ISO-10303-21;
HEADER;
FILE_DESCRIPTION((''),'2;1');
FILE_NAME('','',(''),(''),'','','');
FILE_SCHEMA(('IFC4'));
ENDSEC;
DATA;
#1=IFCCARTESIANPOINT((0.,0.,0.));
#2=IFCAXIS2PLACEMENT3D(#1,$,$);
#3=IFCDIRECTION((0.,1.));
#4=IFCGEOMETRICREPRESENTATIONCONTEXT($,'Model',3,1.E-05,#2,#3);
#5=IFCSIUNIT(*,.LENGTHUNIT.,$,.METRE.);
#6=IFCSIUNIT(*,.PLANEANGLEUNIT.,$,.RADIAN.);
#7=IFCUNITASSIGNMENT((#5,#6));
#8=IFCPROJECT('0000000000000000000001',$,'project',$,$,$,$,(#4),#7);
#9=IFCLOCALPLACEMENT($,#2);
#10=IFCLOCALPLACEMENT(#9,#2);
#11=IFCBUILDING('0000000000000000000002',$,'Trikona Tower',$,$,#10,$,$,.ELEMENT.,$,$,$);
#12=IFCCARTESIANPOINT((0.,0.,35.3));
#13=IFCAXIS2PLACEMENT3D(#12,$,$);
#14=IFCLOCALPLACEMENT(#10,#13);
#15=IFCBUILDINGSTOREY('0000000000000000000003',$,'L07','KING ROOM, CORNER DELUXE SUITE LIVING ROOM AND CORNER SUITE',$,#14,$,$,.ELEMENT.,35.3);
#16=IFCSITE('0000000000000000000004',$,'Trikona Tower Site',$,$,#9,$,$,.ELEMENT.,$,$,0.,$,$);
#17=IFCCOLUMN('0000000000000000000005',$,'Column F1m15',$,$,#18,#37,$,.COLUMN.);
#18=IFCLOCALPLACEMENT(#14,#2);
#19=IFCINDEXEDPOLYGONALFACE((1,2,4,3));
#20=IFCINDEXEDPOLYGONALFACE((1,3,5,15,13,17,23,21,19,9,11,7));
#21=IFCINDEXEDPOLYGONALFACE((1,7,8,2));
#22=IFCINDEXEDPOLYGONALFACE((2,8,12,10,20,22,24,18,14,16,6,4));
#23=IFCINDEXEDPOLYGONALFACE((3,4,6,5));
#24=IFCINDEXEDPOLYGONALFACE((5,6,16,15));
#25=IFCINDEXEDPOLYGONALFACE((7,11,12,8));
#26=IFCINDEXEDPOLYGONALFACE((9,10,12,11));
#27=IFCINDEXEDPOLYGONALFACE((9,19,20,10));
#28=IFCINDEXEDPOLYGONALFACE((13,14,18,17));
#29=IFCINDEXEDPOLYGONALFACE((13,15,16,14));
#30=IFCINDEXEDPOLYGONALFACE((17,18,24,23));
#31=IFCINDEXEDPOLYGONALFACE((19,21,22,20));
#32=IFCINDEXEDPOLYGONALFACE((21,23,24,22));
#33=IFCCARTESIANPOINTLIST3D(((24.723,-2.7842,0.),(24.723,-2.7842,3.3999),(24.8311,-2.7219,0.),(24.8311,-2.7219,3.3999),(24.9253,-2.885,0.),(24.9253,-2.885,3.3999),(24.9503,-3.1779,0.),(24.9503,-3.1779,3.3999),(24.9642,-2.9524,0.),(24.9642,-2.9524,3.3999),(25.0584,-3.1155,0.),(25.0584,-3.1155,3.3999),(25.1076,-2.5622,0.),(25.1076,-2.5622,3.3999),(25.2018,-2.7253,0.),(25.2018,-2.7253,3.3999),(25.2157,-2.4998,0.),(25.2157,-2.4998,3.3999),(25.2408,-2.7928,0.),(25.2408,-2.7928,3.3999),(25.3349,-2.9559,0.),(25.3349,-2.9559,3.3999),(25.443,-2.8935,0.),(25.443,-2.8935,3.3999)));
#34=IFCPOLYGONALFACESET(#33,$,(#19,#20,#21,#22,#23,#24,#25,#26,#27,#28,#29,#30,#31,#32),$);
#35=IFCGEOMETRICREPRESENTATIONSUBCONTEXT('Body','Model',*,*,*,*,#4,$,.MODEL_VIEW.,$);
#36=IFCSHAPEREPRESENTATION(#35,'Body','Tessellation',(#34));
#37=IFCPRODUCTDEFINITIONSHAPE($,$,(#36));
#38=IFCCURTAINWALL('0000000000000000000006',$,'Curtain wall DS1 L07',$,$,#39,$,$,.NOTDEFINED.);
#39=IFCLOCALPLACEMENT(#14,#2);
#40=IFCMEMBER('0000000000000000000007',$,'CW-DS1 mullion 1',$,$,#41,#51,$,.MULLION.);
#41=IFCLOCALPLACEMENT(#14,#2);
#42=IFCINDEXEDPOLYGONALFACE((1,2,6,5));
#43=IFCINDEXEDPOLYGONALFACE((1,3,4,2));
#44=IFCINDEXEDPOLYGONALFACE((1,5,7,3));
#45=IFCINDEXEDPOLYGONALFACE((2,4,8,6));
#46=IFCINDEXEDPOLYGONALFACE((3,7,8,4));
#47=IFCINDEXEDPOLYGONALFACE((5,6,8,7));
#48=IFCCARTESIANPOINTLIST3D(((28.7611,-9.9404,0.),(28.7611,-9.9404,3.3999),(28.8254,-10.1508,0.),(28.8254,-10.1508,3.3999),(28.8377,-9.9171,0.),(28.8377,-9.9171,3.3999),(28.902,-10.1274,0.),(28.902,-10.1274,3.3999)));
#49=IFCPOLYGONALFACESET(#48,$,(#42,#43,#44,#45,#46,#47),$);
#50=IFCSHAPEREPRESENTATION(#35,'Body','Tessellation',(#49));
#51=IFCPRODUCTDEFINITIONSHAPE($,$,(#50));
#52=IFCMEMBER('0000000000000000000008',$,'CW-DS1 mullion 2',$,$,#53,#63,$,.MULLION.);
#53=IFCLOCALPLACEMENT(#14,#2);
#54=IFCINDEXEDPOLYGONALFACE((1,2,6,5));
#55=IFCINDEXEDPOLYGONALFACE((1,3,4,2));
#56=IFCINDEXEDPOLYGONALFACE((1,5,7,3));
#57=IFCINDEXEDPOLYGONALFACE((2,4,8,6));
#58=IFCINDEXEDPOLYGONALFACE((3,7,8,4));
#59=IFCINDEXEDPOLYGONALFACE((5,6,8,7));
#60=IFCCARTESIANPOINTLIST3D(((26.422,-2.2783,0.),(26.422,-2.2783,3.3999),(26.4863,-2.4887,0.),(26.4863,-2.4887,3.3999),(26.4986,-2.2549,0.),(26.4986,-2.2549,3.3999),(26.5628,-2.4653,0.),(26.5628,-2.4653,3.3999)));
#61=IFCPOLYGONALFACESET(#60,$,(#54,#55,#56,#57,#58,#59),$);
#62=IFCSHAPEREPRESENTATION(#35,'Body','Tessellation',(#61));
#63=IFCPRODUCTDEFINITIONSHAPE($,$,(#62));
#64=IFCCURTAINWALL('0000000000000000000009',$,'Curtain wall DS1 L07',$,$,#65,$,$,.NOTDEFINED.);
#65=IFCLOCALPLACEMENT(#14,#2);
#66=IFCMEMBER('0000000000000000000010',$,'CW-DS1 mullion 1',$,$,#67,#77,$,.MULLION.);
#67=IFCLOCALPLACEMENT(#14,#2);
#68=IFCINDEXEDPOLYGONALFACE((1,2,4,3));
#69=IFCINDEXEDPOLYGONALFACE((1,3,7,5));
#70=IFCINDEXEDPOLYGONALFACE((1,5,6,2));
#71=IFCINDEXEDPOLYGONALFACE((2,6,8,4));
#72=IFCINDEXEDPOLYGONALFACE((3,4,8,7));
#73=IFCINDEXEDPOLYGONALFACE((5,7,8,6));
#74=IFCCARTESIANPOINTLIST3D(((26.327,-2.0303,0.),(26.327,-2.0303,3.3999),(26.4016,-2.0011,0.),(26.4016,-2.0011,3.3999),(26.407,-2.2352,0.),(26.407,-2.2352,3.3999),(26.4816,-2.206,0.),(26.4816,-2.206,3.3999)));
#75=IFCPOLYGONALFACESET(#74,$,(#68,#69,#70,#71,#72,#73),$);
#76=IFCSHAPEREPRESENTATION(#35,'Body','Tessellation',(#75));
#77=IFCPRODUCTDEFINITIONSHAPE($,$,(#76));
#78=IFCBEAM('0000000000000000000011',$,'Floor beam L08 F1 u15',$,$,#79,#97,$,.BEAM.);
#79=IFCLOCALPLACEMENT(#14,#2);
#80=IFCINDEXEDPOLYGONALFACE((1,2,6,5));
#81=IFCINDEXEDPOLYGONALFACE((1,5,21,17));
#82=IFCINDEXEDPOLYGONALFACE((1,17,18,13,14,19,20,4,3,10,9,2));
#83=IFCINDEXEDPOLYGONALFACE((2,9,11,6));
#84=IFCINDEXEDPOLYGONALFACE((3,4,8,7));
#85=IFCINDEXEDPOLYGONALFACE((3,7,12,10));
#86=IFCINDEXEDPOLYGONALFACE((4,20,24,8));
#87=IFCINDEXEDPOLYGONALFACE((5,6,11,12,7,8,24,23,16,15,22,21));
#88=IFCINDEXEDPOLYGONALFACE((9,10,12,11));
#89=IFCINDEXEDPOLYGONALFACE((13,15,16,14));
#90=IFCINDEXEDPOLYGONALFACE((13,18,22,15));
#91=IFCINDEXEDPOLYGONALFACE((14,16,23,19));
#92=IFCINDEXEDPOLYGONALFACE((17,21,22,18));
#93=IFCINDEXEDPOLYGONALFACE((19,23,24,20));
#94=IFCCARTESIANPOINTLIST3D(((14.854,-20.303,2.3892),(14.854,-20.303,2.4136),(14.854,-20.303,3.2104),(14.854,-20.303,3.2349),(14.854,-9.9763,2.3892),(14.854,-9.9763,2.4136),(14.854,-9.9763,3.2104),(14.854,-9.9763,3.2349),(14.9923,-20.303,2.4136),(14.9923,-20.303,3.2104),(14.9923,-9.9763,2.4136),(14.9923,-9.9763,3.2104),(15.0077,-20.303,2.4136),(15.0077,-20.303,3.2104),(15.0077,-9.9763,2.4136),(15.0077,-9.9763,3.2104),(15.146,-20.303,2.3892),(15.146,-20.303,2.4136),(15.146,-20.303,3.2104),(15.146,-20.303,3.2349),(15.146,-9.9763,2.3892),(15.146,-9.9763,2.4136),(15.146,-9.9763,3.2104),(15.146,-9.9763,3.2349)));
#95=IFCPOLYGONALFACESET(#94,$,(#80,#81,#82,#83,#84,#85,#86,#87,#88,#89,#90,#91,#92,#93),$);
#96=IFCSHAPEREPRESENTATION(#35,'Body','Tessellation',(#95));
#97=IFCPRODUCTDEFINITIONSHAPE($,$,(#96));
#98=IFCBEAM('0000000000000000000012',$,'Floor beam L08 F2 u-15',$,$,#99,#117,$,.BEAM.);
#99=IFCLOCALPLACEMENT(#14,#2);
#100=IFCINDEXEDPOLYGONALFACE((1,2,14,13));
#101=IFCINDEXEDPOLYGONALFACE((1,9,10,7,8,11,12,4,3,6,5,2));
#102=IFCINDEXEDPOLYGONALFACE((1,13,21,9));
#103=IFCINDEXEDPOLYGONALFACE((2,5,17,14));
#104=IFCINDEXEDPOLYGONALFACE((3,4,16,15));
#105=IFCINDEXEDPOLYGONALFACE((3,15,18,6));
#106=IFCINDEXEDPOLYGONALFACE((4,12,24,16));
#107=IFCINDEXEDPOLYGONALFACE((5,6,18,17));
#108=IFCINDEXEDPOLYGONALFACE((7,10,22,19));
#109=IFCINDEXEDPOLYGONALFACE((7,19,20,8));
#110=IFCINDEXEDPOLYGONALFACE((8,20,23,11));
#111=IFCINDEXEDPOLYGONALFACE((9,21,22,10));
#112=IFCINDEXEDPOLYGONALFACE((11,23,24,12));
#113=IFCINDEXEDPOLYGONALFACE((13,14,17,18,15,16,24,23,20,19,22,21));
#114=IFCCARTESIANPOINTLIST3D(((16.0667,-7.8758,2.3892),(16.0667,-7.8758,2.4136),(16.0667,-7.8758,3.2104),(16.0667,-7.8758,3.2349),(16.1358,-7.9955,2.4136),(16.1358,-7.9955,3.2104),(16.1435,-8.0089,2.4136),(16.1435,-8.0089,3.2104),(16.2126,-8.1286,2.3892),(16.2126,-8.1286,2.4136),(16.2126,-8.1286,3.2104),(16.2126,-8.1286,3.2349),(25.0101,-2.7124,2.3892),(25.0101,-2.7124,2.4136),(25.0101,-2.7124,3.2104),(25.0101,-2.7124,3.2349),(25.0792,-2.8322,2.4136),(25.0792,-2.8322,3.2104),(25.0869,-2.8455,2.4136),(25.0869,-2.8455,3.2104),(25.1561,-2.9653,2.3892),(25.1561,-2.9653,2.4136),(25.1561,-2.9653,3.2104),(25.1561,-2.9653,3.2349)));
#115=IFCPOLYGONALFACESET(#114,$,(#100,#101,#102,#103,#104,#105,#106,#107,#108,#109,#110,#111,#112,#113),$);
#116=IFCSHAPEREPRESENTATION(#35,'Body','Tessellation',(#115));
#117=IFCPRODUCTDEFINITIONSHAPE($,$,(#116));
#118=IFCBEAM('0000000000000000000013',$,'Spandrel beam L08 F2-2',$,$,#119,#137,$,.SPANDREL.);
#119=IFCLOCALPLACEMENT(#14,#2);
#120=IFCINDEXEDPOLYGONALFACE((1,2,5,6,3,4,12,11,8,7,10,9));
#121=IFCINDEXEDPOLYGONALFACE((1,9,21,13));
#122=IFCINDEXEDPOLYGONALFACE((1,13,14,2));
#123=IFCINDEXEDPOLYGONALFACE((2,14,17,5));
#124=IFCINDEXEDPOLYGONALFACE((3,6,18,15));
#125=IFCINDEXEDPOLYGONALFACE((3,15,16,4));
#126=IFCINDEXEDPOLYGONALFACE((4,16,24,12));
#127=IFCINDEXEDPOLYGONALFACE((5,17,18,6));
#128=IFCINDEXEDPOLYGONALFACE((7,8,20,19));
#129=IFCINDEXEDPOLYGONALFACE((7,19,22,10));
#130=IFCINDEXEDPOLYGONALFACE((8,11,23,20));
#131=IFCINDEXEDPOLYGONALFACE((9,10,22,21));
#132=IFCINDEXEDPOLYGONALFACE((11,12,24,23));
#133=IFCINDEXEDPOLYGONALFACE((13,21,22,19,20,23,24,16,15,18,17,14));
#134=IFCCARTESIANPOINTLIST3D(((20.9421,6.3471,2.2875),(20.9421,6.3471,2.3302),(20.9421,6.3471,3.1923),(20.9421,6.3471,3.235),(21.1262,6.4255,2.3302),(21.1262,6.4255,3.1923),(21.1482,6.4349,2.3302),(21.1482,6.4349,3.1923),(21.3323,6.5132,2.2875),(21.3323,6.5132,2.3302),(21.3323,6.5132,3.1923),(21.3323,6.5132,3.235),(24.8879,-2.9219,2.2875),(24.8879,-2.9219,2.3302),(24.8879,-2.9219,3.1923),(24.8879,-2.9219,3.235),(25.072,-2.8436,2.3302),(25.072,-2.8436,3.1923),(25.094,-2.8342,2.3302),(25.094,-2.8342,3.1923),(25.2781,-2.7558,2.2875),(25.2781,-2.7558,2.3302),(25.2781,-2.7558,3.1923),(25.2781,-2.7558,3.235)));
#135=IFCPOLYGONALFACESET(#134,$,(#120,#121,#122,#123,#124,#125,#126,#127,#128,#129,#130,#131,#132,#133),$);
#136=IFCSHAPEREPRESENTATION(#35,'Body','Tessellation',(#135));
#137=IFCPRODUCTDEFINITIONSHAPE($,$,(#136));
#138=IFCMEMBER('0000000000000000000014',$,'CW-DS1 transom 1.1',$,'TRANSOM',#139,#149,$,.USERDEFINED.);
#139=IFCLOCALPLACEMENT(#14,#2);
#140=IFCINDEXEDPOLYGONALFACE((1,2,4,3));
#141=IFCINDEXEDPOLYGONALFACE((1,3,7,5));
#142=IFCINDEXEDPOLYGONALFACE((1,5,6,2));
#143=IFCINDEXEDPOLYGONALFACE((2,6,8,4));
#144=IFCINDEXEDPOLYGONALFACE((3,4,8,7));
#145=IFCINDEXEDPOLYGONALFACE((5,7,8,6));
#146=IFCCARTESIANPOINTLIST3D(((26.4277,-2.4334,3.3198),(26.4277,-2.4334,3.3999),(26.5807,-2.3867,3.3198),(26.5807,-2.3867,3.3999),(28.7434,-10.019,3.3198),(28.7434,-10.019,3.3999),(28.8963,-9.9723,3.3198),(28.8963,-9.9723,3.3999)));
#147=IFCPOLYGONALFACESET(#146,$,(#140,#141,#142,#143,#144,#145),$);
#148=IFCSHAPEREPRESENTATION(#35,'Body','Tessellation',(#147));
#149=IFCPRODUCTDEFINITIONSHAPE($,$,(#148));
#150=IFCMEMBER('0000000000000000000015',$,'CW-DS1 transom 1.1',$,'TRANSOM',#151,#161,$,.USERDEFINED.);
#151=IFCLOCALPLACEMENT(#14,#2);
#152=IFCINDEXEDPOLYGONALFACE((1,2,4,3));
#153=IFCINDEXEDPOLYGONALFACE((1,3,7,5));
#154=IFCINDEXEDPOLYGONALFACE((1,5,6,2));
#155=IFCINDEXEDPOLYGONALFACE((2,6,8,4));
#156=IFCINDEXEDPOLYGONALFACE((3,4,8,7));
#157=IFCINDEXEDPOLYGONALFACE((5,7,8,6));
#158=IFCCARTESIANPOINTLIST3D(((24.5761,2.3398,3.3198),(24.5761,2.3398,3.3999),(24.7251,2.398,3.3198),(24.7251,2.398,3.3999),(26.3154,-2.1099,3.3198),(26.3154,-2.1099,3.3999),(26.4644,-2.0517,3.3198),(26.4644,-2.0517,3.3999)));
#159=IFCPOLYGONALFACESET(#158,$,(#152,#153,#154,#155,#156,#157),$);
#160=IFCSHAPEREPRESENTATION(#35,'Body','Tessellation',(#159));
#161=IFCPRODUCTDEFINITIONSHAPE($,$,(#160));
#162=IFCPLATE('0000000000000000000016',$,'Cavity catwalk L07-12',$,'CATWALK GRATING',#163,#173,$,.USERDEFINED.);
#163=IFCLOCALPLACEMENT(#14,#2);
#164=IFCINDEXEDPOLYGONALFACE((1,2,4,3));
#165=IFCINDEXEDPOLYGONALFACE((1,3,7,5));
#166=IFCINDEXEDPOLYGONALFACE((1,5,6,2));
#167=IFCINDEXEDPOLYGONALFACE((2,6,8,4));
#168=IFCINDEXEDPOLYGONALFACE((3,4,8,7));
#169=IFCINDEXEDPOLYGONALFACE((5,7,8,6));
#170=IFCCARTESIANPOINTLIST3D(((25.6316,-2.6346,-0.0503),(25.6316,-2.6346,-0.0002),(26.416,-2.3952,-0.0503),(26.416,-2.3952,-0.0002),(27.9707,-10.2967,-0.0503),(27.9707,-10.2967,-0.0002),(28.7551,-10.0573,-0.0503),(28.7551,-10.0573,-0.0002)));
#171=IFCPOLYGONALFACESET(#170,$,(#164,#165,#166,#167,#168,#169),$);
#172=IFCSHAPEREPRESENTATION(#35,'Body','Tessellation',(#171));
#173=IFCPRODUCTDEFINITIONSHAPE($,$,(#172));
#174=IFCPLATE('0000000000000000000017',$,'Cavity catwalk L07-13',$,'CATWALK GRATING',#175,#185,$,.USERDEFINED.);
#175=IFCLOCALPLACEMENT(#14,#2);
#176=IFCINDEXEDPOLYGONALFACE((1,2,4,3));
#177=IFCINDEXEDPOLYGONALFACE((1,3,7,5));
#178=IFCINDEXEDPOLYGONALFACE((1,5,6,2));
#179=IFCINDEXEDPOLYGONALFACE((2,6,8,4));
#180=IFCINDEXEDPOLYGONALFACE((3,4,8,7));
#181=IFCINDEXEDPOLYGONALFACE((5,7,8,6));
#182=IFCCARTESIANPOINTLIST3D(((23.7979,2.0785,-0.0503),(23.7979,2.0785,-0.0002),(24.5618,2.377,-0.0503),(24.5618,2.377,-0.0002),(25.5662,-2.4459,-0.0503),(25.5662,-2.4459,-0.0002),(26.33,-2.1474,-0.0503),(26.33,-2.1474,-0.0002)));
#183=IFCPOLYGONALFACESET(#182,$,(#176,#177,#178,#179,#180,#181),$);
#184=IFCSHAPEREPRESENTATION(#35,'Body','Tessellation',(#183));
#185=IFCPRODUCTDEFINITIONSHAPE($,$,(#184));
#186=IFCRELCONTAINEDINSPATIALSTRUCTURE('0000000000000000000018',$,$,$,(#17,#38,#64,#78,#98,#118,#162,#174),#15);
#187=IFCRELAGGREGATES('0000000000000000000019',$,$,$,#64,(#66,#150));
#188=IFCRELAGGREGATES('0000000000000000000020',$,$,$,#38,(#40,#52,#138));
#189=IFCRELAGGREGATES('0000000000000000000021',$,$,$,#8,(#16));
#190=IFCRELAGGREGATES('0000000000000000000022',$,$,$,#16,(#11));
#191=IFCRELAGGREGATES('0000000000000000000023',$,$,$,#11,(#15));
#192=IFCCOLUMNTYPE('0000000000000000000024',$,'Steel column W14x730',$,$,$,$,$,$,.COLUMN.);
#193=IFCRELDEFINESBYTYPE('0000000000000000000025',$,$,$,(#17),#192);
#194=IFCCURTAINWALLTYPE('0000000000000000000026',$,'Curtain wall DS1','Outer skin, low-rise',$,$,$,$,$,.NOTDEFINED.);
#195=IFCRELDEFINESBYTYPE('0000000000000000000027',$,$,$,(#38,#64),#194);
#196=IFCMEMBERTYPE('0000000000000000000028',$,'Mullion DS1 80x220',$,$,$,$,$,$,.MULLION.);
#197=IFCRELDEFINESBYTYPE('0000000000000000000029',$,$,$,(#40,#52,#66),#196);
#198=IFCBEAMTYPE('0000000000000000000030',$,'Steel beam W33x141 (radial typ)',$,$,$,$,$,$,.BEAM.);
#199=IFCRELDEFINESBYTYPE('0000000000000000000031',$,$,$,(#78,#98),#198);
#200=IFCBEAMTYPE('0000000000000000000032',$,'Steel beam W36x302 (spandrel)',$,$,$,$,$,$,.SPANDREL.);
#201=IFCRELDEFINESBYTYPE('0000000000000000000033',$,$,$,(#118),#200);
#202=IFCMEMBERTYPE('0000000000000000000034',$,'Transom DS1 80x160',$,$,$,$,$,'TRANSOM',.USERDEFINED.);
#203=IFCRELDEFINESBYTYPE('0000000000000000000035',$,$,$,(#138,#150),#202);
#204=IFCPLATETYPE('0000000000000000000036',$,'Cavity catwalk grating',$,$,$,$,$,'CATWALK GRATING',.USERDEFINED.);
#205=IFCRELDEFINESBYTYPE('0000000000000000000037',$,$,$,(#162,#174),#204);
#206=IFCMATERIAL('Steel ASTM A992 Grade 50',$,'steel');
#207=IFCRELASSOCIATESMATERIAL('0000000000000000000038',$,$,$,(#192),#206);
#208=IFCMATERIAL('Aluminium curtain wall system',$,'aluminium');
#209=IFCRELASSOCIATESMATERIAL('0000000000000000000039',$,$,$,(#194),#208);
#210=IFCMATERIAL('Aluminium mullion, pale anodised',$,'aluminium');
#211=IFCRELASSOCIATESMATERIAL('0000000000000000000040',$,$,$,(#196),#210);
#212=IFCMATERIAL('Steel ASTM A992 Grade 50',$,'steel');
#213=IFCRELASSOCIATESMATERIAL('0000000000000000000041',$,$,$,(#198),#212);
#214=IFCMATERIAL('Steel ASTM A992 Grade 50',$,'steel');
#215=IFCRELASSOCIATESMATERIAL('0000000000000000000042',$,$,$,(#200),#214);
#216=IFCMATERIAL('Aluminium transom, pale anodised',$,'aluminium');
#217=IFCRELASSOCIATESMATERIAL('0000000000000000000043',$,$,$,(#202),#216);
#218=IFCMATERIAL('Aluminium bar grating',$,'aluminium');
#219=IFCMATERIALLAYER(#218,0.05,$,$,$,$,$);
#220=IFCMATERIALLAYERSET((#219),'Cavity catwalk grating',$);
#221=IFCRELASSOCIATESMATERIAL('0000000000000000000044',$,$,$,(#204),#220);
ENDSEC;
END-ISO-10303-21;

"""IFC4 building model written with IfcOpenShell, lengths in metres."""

from ifc_helpers import new_model, si_unit, direction, frame, origin, origin_2d, place, context, subcontext, project, spatial, rectangle, i_section, extrude, material, layer, layer_set, material_profile, profile_set, type_object, element, aggregate, save


model = new_model("IFC4")

# Units and contexts
model_context = context("Model", 3, precision=1e-05, world=origin(), true_north=direction((0.0, 1.0)))
body_context = subcontext(model_context, "Body", "Model", "MODEL_VIEW")
ifc_project = project(units=[si_unit("LENGTHUNIT", "METRE"), si_unit("PLANEANGLEUNIT", "RADIAN")], contexts=[model_context])

# Site, building, storey
site_placement = place(None, origin())
site = spatial("IfcSite", under=ifc_project, at=site_placement, Name="Trikona Tower Site", CompositionType="ELEMENT", RefElevation=0.0)
building_placement = place(site_placement, origin())
building = spatial("IfcBuilding", under=site, at=building_placement, Name="Trikona Tower", CompositionType="ELEMENT")
storey_placement = place(building_placement, frame((0.0, 0.0, 35.3)))
storey = spatial("IfcBuildingStorey", under=building, at=storey_placement, Name="L07", Description="KING ROOM, CORNER DELUXE SUITE LIVING ROOM AND CORNER SUITE", CompositionType="ELEMENT", Elevation=35.3)

# Column
ifc_material_1 = material(Name="Steel ASTM A992 Grade 50", Category="steel")
ifc_material_profile_1 = material_profile(ifc_material_1, i_section(OverallWidth=0.4546, OverallDepth=0.5688, WebThickness=0.0779, FlangeThickness=0.1248, at=origin_2d()), Name="W14X730")
ifc_profile_set_1 = profile_set([ifc_material_profile_1], Name="Steel ASTM A992 Grade 50")
column_type = type_object("IfcColumnType", Name="Steel column W14x730", PredefinedType="COLUMN", material=ifc_profile_set_1)
column_placement = place(storey_placement, frame((25.083, -2.8389, 0.0), z_axis=(0.0, 0.0, 1.0), x_axis=(-0.5, 0.866025, 0.0)))
element("IfcColumn", 1, at=column_placement, inside=storey, type_object=column_type, Name="Column F1m15", PredefinedType="COLUMN", context=body_context, shape_type="SweptSolid", body=[
    extrude(i_section(OverallWidth=0.4546, OverallDepth=0.5688, WebThickness=0.0779, FlangeThickness=0.1248, at=origin_2d()), origin(), (0.0, 0.0, 1.0), 3.3999),
])

# Curtain wall, members
ifc_material_2 = material(Name="Aluminium curtain wall system", Category="aluminium")
curtain_wall_type = type_object("IfcCurtainWallType", Name="Curtain wall DS1", Description="Outer skin, low-rise", PredefinedType="NOTDEFINED", material=ifc_material_2)
curtain_wall_1_placement = place(storey_placement, origin())
curtain_wall_1 = element("IfcCurtainWall", 2, at=curtain_wall_1_placement, inside=storey, type_object=curtain_wall_type, Name="Curtain wall DS1 L07", PredefinedType="NOTDEFINED")
ifc_material_3 = material(Name="Aluminium mullion, pale anodised", Category="aluminium")
ifc_material_profile_2 = material_profile(ifc_material_3, rectangle(XDim=0.0801, YDim=0.22, at=origin_2d()), Name="MUL-DS1")
ifc_profile_set_2 = profile_set([ifc_material_profile_2], Name="Aluminium mullion, pale anodised")
member_type_1 = type_object("IfcMemberType", Name="Mullion DS1 80x220", PredefinedType="MULLION", material=ifc_profile_set_2)
member_1_placement = place(storey_placement, frame((28.8315, -10.0339, 0.0), z_axis=(0.0, 0.0, 1.0), x_axis=(-0.956423, -0.291984, 0.0)))
member_1 = element("IfcMember", 3, at=member_1_placement, type_object=member_type_1, Name="CW-DS1 mullion 1", PredefinedType="MULLION", context=body_context, shape_type="SweptSolid", body=[
    extrude(rectangle(XDim=0.0801, YDim=0.22, at=origin_2d()), origin(), (0.0, 0.0, 1.0), 3.3999),
])
member_2_placement = place(storey_placement, frame((26.4924, -2.3718, 0.0), z_axis=(0.0, 0.0, 1.0), x_axis=(-0.956423, -0.291984, 0.0)))
member_2 = element("IfcMember", 4, at=member_2_placement, type_object=member_type_1, Name="CW-DS1 mullion 2", PredefinedType="MULLION", context=body_context, shape_type="SweptSolid", body=[
    extrude(rectangle(XDim=0.0801, YDim=0.22, at=origin_2d()), origin(), (0.0, 0.0, 1.0), 3.3999),
])

# Curtain wall, member
curtain_wall_2_placement = place(storey_placement, origin())
curtain_wall_2 = element("IfcCurtainWall", 5, at=curtain_wall_2_placement, inside=storey, type_object=curtain_wall_type, Name="Curtain wall DS1 L07", PredefinedType="NOTDEFINED")
member_3_placement = place(storey_placement, frame((26.4043, -2.1182, 0.0), z_axis=(0.0, 0.0, 1.0), x_axis=(-0.931396, -0.364008, 0.0)))
member_3 = element("IfcMember", 6, at=member_3_placement, type_object=member_type_1, Name="CW-DS1 mullion 1", PredefinedType="MULLION", context=body_context, shape_type="SweptSolid", body=[
    extrude(rectangle(XDim=0.0801, YDim=0.22, at=origin_2d()), origin(), (0.0, 0.0, 1.0), 3.3999),
])

# Beams
ifc_material_4 = material(Name="Steel ASTM A992 Grade 50", Category="steel")
ifc_material_profile_3 = material_profile(ifc_material_4, i_section(OverallWidth=0.292, OverallDepth=0.8457, WebThickness=0.0154, FlangeThickness=0.0244, at=origin_2d()), Name="W33X141")
ifc_profile_set_3 = profile_set([ifc_material_profile_3], Name="Steel ASTM A992 Grade 50")
beam_type_1 = type_object("IfcBeamType", Name="Steel beam W33x141 (radial typ)", PredefinedType="BEAM", material=ifc_profile_set_3)
beam_1_placement = place(storey_placement, frame((15.0, -9.9763, 2.812), z_axis=(0.0, -1.0, 0.0), x_axis=(1.0, 0.0, 0.0)))
element("IfcBeam", 7, at=beam_1_placement, inside=storey, type_object=beam_type_1, Name="Floor beam L08 F1 u15", PredefinedType="BEAM", context=body_context, shape_type="SweptSolid", body=[
    extrude(i_section(OverallWidth=0.292, OverallDepth=0.8457, WebThickness=0.0154, FlangeThickness=0.0244, at=origin_2d()), origin(), (0.0, 0.0, 1.0), 10.3267),
])
beam_2_placement = place(storey_placement, frame((16.1396, -8.0022, 2.812), z_axis=(0.86603, 0.499991, 0.0), x_axis=(-0.499991, 0.86603, 0.0)))
element("IfcBeam", 8, at=beam_2_placement, inside=storey, type_object=beam_type_1, Name="Floor beam L08 F2 u-15", PredefinedType="BEAM", context=body_context, shape_type="SweptSolid", body=[
    extrude(i_section(OverallWidth=0.292, OverallDepth=0.8457, WebThickness=0.0154, FlangeThickness=0.0244, at=origin_2d()), origin(), (0.0, 0.0, 1.0), 10.3269),
])
ifc_material_5 = material(Name="Steel ASTM A992 Grade 50", Category="steel")
ifc_material_profile_4 = material_profile(ifc_material_5, i_section(OverallWidth=0.4241, OverallDepth=0.9475, WebThickness=0.0239, FlangeThickness=0.0427, at=origin_2d()), Name="W36X302")
ifc_profile_set_4 = profile_set([ifc_material_profile_4], Name="Steel ASTM A992 Grade 50")
beam_type_2 = type_object("IfcBeamType", Name="Steel beam W36x302 (spandrel)", PredefinedType="SPANDREL", material=ifc_profile_set_4)
beam_3_placement = place(storey_placement, frame((25.083, -2.8389, 2.7612), z_axis=(-0.391684, 0.9201, 0.0), x_axis=(-0.9201, -0.391684, 0.0)))
element("IfcBeam", 9, at=beam_3_placement, inside=storey, type_object=beam_type_2, Name="Spandrel beam L08 F2-2", PredefinedType="SPANDREL", context=body_context, shape_type="SweptSolid", body=[
    extrude(i_section(OverallWidth=0.4241, OverallDepth=0.9475, WebThickness=0.0239, FlangeThickness=0.0427, at=origin_2d()), origin(), (0.0, 0.0, 1.0), 10.074),
])

# Members
ifc_material_6 = material(Name="Aluminium transom, pale anodised", Category="aluminium")
ifc_material_profile_5 = material_profile(ifc_material_6, rectangle(XDim=0.1599, YDim=0.0801, at=origin_2d()), Name="TRN-DS1")
ifc_profile_set_5 = profile_set([ifc_material_profile_5], Name="Aluminium transom, pale anodised")
member_type_2 = type_object("IfcMemberType", Name="Transom DS1 80x160", ElementType="TRANSOM", PredefinedType="USERDEFINED", material=ifc_profile_set_5)
member_4_placement = place(storey_placement, frame((28.8198, -9.9956, 3.3599), z_axis=(-0.291967, 0.956428, 0.0), x_axis=(-0.956428, -0.291967, 0.0)))
member_4 = element("IfcMember", 10, at=member_4_placement, type_object=member_type_2, Name="CW-DS1 transom 1.1", ObjectType="TRANSOM", PredefinedType="USERDEFINED", context=body_context, shape_type="SweptSolid", body=[
    extrude(rectangle(XDim=0.1599, YDim=0.0801, at=origin_2d()), origin(), (0.0, 0.0, 1.0), 7.9312),
])
member_5_placement = place(storey_placement, frame((26.3899, -2.0808, 3.3599), z_axis=(-0.364049, 0.93138, 0.0), x_axis=(-0.93138, -0.364049, 0.0)))
member_5 = element("IfcMember", 11, at=member_5_placement, type_object=member_type_2, Name="CW-DS1 transom 1.1", ObjectType="TRANSOM", PredefinedType="USERDEFINED", context=body_context, shape_type="SweptSolid", body=[
    extrude(rectangle(XDim=0.1599, YDim=0.0801, at=origin_2d()), origin(), (0.0, 0.0, 1.0), 4.7776),
])
aggregate(curtain_wall_2, [member_3, member_5])

# Plates
ifc_material_7 = material(Name="Aluminium bar grating", Category="aluminium")
ifc_layer_1 = layer(ifc_material_7, 0.05)
ifc_layer_set_1 = layer_set([ifc_layer_1], Name="Cavity catwalk grating")
plate_type_1 = type_object("IfcPlateType", Name="Cavity catwalk grating", ElementType="CATWALK GRATING", PredefinedType="USERDEFINED", material=ifc_layer_set_1)
plate_1_placement = place(storey_placement, frame((27.1934, -6.3459, -0.0503), z_axis=(0.0, 0.0, 1.0), x_axis=(-0.291979, 0.956425, 0.0)))
element("IfcPlate", 12, at=plate_1_placement, inside=storey, type_object=plate_type_1, Name="Cavity catwalk L07-12", ObjectType="CATWALK GRATING", PredefinedType="USERDEFINED", context=body_context, shape_type="SweptSolid", body=[
    extrude(rectangle(XDim=8.0112, YDim=0.8201, at=origin_2d()), origin(), (0.0, 0.0, 1.0), 0.05),
])
plate_2_placement = place(storey_placement, frame((25.064, -0.0344, -0.0503), z_axis=(0.0, 0.0, 1.0), x_axis=(-0.364009, 0.931395, 0.0)))
element("IfcPlate", 13, at=plate_2_placement, inside=storey, type_object=plate_type_1, Name="Cavity catwalk L07-13", ObjectType="CATWALK GRATING", PredefinedType="USERDEFINED", context=body_context, shape_type="SweptSolid", body=[
    extrude(rectangle(XDim=4.8577, YDim=0.8201, at=origin_2d()), origin(), (0.0, 0.0, 1.0), 0.05),
])

aggregate(curtain_wall_1, [member_1, member_2, member_4])

save(model, "model.ifc")
